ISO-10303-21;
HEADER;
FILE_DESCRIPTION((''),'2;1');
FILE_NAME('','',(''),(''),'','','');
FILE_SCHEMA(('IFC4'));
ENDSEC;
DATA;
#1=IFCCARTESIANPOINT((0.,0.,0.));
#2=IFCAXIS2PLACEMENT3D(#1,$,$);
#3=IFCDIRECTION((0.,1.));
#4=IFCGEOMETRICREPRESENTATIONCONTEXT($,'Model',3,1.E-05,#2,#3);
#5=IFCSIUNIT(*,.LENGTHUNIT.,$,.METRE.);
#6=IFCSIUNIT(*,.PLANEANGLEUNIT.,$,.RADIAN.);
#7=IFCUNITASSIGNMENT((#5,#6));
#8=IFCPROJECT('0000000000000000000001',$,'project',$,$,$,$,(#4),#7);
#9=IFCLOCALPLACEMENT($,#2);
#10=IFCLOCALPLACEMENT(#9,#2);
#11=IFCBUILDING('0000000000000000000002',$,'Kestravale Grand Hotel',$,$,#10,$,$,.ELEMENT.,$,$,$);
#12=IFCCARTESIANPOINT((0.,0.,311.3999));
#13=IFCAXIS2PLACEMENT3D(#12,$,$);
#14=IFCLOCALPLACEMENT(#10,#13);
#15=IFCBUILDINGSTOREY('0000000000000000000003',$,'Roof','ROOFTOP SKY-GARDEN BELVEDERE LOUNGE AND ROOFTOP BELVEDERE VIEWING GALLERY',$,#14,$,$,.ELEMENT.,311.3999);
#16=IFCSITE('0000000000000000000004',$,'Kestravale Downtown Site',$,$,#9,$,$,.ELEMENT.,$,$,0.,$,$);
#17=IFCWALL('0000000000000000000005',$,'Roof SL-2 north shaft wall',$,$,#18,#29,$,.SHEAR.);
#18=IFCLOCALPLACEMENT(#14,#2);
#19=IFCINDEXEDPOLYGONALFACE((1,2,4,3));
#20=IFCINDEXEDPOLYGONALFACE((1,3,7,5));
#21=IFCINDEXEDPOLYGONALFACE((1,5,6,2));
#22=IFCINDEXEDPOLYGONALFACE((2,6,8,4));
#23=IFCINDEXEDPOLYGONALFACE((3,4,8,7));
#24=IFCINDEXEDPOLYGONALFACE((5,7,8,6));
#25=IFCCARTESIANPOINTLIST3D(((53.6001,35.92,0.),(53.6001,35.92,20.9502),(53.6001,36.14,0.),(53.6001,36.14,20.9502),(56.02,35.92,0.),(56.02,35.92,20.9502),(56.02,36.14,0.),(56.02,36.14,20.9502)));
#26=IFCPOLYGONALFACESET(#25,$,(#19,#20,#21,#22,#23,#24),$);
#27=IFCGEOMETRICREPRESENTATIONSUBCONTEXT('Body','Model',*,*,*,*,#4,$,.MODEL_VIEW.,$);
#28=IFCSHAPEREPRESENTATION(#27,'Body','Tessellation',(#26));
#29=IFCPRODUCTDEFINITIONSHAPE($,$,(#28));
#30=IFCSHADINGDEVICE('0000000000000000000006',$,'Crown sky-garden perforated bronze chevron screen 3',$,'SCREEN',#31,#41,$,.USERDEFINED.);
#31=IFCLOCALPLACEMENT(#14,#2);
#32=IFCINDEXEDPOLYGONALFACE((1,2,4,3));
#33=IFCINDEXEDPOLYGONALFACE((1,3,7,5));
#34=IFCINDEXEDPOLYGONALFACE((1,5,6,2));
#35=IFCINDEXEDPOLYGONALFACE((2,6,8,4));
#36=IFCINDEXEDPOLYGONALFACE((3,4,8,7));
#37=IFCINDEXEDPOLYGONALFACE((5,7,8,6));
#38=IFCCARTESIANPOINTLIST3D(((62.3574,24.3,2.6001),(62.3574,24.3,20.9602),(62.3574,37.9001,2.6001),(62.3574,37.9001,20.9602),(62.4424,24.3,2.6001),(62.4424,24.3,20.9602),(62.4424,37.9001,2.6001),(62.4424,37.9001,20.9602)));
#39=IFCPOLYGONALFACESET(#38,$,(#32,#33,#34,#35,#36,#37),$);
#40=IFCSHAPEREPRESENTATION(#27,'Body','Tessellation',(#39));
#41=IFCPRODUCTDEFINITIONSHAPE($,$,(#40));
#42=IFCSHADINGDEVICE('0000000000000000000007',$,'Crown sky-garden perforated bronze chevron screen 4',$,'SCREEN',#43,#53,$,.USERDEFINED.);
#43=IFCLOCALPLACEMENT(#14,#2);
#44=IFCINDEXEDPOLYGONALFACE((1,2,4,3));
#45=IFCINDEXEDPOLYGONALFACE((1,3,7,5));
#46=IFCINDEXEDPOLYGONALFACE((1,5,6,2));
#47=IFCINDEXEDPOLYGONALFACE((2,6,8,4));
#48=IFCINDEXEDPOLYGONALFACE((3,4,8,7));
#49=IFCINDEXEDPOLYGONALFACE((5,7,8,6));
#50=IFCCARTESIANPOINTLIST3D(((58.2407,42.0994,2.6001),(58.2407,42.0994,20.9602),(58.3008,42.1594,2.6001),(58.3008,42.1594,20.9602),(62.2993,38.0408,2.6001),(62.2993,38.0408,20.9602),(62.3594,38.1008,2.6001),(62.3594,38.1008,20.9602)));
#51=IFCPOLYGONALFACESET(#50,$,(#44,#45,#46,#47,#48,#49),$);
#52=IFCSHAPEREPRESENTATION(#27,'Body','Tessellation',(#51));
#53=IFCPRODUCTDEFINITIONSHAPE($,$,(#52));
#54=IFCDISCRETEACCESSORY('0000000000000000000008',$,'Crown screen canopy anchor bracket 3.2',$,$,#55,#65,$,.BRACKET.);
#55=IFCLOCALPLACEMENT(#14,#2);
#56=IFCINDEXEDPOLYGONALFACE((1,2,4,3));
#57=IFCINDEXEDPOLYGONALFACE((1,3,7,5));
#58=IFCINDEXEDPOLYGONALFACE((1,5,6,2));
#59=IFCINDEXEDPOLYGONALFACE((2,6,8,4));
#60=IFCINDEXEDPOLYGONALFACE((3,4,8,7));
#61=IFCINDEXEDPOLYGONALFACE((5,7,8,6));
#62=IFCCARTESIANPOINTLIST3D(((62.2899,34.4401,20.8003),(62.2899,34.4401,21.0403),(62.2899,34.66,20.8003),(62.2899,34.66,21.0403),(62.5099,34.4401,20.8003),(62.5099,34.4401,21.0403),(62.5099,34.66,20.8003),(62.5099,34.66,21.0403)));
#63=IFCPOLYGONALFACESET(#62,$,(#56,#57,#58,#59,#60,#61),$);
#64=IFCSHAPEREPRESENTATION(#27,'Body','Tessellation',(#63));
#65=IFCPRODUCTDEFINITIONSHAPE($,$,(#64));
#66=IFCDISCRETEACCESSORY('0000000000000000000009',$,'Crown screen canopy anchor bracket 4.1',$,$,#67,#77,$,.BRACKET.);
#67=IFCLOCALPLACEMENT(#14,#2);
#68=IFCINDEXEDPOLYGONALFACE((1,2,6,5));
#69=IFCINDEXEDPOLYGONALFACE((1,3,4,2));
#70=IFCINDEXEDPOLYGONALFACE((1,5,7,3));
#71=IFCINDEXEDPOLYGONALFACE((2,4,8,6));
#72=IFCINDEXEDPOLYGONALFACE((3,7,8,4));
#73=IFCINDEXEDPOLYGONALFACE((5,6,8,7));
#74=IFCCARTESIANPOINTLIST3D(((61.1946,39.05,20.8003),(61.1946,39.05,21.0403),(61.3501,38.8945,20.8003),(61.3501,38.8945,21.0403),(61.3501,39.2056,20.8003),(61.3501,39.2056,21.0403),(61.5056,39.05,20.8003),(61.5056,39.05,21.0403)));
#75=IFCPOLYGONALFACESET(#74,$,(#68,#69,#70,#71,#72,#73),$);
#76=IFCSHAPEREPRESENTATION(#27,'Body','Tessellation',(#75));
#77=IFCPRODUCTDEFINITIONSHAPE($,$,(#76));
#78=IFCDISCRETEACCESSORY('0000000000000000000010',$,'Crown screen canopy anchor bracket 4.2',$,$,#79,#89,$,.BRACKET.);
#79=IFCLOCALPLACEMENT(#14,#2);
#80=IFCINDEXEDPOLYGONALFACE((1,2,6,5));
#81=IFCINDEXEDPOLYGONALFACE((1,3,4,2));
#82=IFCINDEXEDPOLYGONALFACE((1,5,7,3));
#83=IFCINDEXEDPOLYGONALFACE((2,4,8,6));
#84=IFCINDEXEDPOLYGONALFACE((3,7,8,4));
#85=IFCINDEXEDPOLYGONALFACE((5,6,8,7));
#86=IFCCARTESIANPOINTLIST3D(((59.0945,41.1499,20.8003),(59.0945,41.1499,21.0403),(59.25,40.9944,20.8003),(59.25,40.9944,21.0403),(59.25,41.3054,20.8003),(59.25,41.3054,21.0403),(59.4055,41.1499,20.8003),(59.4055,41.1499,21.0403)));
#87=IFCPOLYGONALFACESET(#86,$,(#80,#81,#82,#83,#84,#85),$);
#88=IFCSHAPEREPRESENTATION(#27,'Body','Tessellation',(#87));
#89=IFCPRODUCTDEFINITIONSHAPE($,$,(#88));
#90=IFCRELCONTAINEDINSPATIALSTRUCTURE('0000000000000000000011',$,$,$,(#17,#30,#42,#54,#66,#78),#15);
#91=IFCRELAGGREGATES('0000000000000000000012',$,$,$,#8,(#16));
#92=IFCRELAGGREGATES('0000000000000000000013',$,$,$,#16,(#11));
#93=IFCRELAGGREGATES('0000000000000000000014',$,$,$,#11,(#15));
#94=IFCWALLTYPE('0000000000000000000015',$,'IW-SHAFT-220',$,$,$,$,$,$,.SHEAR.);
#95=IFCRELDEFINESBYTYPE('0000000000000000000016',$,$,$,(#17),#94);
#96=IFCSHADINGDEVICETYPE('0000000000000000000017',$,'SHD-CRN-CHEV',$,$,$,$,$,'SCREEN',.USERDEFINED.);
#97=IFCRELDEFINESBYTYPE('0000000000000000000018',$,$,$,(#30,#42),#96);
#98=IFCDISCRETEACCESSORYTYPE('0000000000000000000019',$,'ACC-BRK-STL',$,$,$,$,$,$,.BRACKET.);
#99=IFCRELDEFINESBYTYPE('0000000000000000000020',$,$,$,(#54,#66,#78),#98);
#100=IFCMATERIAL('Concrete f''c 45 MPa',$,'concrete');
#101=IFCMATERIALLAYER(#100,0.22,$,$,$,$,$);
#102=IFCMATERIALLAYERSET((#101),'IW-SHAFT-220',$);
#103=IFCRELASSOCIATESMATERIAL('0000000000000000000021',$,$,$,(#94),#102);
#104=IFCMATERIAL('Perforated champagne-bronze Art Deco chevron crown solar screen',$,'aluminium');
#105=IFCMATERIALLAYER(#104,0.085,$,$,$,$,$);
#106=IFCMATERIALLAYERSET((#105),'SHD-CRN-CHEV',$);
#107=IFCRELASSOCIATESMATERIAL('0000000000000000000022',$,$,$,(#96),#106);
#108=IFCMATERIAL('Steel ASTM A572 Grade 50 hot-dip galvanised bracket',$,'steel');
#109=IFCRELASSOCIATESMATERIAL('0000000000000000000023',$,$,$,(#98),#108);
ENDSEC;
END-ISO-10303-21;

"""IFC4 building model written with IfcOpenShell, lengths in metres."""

from ifc_helpers import new_model, si_unit, direction, frame, frame_2d, origin, origin_2d, place, context, subcontext, project, spatial, rectangle, extrude, material, layer, layer_set, type_object, element, save


model = new_model("IFC4")

# Units and contexts
model_context = context("Model", 3, precision=1e-05, world=origin(), true_north=direction((0.0, 1.0)))
body_context = subcontext(model_context, "Body", "Model", "MODEL_VIEW")
ifc_project = project(units=[si_unit("LENGTHUNIT", "METRE"), si_unit("PLANEANGLEUNIT", "RADIAN")], contexts=[model_context])

# Site, building, storey
site_placement = place(None, origin())
site = spatial("IfcSite", under=ifc_project, at=site_placement, Name="Kestravale Downtown Site", CompositionType="ELEMENT", RefElevation=0.0)
building_placement = place(site_placement, origin())
building = spatial("IfcBuilding", under=site, at=building_placement, Name="Kestravale Grand Hotel", CompositionType="ELEMENT")
storey_placement = place(building_placement, frame((0.0, 0.0, 311.3999)))
storey = spatial("IfcBuildingStorey", under=building, at=storey_placement, Name="Roof", Description="ROOFTOP SKY-GARDEN BELVEDERE LOUNGE AND ROOFTOP BELVEDERE VIEWING GALLERY", CompositionType="ELEMENT", Elevation=311.3999)

# Wall
ifc_material_1 = material(Name="Concrete f'c 45 MPa", Category="concrete")
ifc_layer_1 = layer(ifc_material_1, 0.22)
ifc_layer_set_1 = layer_set([ifc_layer_1], Name="IW-SHAFT-220")
wall_type_1 = type_object("IfcWallType", Name="IW-SHAFT-220", PredefinedType="SHEAR", material=ifc_layer_set_1)
wall_1_placement = place(storey_placement, frame((53.6001, 36.03, 0.0), z_axis=(0.0, 0.0, 1.0), x_axis=(1.0, 0.0, 0.0)))
element("IfcWall", 1, at=wall_1_placement, inside=storey, type_object=wall_type_1, Name="Roof SL-2 north shaft wall", PredefinedType="SHEAR", context=body_context, shape_type="SweptSolid", body=[
    extrude(rectangle(XDim=2.4199, YDim=0.22, at=frame_2d((1.21, 0.0))), origin(), (0.0, 0.0, 1.0), 20.9502),
])

# Shading devices
ifc_material_2 = material(Name="Perforated champagne-bronze Art Deco chevron crown solar screen", Category="aluminium")
ifc_layer_2 = layer(ifc_material_2, 0.085)
ifc_layer_set_2 = layer_set([ifc_layer_2], Name="SHD-CRN-CHEV")
shading_device_type = type_object("IfcShadingDeviceType", Name="SHD-CRN-CHEV", ElementType="SCREEN", PredefinedType="USERDEFINED", material=ifc_layer_set_2)
shading_device_1_placement = place(storey_placement, frame((62.3999, 31.1001, 2.6001), z_axis=(0.0, 0.0, 1.0), x_axis=(0.0, 1.0, 0.0)))
element("IfcShadingDevice", 2, at=shading_device_1_placement, inside=storey, type_object=shading_device_type, Name="Crown sky-garden perforated bronze chevron screen 3", ObjectType="SCREEN", PredefinedType="USERDEFINED", context=body_context, shape_type="SweptSolid", body=[
    extrude(rectangle(XDim=13.6001, YDim=0.085, at=origin_2d()), origin(), (0.0, 0.0, 1.0), 18.3601),
])
shading_device_2_placement = place(storey_placement, frame((60.3, 40.1001, 2.6001), z_axis=(0.0, 0.0, 1.0), x_axis=(-0.707107, 0.707107, 0.0)))
element("IfcShadingDevice", 3, at=shading_device_2_placement, inside=storey, type_object=shading_device_type, Name="Crown sky-garden perforated bronze chevron screen 4", ObjectType="SCREEN", PredefinedType="USERDEFINED", context=body_context, shape_type="SweptSolid", body=[
    extrude(rectangle(XDim=5.7397, YDim=0.085, at=origin_2d()), origin(), (0.0, 0.0, 1.0), 18.3601),
])

# Discrete accessories
ifc_material_3 = material(Name="Steel ASTM A572 Grade 50 hot-dip galvanised bracket", Category="steel")
discrete_accessory_type = type_object("IfcDiscreteAccessoryType", Name="ACC-BRK-STL", PredefinedType="BRACKET", material=ifc_material_3)
for number, where, z_axis, x_axis, name in (
    (4, (62.3999, 34.55, 20.8003), (0.0, 0.0, 1.0), (0.0, 1.0, 0.0), "Crown screen canopy anchor bracket 3.2"),
    (5, (61.3501, 39.05, 20.8003), (0.0, 0.0, 1.0), (-0.707107, 0.707107, 0.0), "Crown screen canopy anchor bracket 4.1"),
    (6, (59.25, 41.1499, 20.8003), (0.0, 0.0, 1.0), (-0.707107, 0.707107, 0.0), "Crown screen canopy anchor bracket 4.2"),
):
    element("IfcDiscreteAccessory", number, at=place(storey_placement, frame(where, z_axis=z_axis, x_axis=x_axis)), inside=storey, type_object=discrete_accessory_type, Name=name, PredefinedType="BRACKET", context=body_context, shape_type="SweptSolid", body=[
        extrude(rectangle(XDim=0.22, YDim=0.22, at=origin_2d()), origin(), (0.0, 0.0, 1.0), 0.24),
    ])

save(model, "model.ifc")
